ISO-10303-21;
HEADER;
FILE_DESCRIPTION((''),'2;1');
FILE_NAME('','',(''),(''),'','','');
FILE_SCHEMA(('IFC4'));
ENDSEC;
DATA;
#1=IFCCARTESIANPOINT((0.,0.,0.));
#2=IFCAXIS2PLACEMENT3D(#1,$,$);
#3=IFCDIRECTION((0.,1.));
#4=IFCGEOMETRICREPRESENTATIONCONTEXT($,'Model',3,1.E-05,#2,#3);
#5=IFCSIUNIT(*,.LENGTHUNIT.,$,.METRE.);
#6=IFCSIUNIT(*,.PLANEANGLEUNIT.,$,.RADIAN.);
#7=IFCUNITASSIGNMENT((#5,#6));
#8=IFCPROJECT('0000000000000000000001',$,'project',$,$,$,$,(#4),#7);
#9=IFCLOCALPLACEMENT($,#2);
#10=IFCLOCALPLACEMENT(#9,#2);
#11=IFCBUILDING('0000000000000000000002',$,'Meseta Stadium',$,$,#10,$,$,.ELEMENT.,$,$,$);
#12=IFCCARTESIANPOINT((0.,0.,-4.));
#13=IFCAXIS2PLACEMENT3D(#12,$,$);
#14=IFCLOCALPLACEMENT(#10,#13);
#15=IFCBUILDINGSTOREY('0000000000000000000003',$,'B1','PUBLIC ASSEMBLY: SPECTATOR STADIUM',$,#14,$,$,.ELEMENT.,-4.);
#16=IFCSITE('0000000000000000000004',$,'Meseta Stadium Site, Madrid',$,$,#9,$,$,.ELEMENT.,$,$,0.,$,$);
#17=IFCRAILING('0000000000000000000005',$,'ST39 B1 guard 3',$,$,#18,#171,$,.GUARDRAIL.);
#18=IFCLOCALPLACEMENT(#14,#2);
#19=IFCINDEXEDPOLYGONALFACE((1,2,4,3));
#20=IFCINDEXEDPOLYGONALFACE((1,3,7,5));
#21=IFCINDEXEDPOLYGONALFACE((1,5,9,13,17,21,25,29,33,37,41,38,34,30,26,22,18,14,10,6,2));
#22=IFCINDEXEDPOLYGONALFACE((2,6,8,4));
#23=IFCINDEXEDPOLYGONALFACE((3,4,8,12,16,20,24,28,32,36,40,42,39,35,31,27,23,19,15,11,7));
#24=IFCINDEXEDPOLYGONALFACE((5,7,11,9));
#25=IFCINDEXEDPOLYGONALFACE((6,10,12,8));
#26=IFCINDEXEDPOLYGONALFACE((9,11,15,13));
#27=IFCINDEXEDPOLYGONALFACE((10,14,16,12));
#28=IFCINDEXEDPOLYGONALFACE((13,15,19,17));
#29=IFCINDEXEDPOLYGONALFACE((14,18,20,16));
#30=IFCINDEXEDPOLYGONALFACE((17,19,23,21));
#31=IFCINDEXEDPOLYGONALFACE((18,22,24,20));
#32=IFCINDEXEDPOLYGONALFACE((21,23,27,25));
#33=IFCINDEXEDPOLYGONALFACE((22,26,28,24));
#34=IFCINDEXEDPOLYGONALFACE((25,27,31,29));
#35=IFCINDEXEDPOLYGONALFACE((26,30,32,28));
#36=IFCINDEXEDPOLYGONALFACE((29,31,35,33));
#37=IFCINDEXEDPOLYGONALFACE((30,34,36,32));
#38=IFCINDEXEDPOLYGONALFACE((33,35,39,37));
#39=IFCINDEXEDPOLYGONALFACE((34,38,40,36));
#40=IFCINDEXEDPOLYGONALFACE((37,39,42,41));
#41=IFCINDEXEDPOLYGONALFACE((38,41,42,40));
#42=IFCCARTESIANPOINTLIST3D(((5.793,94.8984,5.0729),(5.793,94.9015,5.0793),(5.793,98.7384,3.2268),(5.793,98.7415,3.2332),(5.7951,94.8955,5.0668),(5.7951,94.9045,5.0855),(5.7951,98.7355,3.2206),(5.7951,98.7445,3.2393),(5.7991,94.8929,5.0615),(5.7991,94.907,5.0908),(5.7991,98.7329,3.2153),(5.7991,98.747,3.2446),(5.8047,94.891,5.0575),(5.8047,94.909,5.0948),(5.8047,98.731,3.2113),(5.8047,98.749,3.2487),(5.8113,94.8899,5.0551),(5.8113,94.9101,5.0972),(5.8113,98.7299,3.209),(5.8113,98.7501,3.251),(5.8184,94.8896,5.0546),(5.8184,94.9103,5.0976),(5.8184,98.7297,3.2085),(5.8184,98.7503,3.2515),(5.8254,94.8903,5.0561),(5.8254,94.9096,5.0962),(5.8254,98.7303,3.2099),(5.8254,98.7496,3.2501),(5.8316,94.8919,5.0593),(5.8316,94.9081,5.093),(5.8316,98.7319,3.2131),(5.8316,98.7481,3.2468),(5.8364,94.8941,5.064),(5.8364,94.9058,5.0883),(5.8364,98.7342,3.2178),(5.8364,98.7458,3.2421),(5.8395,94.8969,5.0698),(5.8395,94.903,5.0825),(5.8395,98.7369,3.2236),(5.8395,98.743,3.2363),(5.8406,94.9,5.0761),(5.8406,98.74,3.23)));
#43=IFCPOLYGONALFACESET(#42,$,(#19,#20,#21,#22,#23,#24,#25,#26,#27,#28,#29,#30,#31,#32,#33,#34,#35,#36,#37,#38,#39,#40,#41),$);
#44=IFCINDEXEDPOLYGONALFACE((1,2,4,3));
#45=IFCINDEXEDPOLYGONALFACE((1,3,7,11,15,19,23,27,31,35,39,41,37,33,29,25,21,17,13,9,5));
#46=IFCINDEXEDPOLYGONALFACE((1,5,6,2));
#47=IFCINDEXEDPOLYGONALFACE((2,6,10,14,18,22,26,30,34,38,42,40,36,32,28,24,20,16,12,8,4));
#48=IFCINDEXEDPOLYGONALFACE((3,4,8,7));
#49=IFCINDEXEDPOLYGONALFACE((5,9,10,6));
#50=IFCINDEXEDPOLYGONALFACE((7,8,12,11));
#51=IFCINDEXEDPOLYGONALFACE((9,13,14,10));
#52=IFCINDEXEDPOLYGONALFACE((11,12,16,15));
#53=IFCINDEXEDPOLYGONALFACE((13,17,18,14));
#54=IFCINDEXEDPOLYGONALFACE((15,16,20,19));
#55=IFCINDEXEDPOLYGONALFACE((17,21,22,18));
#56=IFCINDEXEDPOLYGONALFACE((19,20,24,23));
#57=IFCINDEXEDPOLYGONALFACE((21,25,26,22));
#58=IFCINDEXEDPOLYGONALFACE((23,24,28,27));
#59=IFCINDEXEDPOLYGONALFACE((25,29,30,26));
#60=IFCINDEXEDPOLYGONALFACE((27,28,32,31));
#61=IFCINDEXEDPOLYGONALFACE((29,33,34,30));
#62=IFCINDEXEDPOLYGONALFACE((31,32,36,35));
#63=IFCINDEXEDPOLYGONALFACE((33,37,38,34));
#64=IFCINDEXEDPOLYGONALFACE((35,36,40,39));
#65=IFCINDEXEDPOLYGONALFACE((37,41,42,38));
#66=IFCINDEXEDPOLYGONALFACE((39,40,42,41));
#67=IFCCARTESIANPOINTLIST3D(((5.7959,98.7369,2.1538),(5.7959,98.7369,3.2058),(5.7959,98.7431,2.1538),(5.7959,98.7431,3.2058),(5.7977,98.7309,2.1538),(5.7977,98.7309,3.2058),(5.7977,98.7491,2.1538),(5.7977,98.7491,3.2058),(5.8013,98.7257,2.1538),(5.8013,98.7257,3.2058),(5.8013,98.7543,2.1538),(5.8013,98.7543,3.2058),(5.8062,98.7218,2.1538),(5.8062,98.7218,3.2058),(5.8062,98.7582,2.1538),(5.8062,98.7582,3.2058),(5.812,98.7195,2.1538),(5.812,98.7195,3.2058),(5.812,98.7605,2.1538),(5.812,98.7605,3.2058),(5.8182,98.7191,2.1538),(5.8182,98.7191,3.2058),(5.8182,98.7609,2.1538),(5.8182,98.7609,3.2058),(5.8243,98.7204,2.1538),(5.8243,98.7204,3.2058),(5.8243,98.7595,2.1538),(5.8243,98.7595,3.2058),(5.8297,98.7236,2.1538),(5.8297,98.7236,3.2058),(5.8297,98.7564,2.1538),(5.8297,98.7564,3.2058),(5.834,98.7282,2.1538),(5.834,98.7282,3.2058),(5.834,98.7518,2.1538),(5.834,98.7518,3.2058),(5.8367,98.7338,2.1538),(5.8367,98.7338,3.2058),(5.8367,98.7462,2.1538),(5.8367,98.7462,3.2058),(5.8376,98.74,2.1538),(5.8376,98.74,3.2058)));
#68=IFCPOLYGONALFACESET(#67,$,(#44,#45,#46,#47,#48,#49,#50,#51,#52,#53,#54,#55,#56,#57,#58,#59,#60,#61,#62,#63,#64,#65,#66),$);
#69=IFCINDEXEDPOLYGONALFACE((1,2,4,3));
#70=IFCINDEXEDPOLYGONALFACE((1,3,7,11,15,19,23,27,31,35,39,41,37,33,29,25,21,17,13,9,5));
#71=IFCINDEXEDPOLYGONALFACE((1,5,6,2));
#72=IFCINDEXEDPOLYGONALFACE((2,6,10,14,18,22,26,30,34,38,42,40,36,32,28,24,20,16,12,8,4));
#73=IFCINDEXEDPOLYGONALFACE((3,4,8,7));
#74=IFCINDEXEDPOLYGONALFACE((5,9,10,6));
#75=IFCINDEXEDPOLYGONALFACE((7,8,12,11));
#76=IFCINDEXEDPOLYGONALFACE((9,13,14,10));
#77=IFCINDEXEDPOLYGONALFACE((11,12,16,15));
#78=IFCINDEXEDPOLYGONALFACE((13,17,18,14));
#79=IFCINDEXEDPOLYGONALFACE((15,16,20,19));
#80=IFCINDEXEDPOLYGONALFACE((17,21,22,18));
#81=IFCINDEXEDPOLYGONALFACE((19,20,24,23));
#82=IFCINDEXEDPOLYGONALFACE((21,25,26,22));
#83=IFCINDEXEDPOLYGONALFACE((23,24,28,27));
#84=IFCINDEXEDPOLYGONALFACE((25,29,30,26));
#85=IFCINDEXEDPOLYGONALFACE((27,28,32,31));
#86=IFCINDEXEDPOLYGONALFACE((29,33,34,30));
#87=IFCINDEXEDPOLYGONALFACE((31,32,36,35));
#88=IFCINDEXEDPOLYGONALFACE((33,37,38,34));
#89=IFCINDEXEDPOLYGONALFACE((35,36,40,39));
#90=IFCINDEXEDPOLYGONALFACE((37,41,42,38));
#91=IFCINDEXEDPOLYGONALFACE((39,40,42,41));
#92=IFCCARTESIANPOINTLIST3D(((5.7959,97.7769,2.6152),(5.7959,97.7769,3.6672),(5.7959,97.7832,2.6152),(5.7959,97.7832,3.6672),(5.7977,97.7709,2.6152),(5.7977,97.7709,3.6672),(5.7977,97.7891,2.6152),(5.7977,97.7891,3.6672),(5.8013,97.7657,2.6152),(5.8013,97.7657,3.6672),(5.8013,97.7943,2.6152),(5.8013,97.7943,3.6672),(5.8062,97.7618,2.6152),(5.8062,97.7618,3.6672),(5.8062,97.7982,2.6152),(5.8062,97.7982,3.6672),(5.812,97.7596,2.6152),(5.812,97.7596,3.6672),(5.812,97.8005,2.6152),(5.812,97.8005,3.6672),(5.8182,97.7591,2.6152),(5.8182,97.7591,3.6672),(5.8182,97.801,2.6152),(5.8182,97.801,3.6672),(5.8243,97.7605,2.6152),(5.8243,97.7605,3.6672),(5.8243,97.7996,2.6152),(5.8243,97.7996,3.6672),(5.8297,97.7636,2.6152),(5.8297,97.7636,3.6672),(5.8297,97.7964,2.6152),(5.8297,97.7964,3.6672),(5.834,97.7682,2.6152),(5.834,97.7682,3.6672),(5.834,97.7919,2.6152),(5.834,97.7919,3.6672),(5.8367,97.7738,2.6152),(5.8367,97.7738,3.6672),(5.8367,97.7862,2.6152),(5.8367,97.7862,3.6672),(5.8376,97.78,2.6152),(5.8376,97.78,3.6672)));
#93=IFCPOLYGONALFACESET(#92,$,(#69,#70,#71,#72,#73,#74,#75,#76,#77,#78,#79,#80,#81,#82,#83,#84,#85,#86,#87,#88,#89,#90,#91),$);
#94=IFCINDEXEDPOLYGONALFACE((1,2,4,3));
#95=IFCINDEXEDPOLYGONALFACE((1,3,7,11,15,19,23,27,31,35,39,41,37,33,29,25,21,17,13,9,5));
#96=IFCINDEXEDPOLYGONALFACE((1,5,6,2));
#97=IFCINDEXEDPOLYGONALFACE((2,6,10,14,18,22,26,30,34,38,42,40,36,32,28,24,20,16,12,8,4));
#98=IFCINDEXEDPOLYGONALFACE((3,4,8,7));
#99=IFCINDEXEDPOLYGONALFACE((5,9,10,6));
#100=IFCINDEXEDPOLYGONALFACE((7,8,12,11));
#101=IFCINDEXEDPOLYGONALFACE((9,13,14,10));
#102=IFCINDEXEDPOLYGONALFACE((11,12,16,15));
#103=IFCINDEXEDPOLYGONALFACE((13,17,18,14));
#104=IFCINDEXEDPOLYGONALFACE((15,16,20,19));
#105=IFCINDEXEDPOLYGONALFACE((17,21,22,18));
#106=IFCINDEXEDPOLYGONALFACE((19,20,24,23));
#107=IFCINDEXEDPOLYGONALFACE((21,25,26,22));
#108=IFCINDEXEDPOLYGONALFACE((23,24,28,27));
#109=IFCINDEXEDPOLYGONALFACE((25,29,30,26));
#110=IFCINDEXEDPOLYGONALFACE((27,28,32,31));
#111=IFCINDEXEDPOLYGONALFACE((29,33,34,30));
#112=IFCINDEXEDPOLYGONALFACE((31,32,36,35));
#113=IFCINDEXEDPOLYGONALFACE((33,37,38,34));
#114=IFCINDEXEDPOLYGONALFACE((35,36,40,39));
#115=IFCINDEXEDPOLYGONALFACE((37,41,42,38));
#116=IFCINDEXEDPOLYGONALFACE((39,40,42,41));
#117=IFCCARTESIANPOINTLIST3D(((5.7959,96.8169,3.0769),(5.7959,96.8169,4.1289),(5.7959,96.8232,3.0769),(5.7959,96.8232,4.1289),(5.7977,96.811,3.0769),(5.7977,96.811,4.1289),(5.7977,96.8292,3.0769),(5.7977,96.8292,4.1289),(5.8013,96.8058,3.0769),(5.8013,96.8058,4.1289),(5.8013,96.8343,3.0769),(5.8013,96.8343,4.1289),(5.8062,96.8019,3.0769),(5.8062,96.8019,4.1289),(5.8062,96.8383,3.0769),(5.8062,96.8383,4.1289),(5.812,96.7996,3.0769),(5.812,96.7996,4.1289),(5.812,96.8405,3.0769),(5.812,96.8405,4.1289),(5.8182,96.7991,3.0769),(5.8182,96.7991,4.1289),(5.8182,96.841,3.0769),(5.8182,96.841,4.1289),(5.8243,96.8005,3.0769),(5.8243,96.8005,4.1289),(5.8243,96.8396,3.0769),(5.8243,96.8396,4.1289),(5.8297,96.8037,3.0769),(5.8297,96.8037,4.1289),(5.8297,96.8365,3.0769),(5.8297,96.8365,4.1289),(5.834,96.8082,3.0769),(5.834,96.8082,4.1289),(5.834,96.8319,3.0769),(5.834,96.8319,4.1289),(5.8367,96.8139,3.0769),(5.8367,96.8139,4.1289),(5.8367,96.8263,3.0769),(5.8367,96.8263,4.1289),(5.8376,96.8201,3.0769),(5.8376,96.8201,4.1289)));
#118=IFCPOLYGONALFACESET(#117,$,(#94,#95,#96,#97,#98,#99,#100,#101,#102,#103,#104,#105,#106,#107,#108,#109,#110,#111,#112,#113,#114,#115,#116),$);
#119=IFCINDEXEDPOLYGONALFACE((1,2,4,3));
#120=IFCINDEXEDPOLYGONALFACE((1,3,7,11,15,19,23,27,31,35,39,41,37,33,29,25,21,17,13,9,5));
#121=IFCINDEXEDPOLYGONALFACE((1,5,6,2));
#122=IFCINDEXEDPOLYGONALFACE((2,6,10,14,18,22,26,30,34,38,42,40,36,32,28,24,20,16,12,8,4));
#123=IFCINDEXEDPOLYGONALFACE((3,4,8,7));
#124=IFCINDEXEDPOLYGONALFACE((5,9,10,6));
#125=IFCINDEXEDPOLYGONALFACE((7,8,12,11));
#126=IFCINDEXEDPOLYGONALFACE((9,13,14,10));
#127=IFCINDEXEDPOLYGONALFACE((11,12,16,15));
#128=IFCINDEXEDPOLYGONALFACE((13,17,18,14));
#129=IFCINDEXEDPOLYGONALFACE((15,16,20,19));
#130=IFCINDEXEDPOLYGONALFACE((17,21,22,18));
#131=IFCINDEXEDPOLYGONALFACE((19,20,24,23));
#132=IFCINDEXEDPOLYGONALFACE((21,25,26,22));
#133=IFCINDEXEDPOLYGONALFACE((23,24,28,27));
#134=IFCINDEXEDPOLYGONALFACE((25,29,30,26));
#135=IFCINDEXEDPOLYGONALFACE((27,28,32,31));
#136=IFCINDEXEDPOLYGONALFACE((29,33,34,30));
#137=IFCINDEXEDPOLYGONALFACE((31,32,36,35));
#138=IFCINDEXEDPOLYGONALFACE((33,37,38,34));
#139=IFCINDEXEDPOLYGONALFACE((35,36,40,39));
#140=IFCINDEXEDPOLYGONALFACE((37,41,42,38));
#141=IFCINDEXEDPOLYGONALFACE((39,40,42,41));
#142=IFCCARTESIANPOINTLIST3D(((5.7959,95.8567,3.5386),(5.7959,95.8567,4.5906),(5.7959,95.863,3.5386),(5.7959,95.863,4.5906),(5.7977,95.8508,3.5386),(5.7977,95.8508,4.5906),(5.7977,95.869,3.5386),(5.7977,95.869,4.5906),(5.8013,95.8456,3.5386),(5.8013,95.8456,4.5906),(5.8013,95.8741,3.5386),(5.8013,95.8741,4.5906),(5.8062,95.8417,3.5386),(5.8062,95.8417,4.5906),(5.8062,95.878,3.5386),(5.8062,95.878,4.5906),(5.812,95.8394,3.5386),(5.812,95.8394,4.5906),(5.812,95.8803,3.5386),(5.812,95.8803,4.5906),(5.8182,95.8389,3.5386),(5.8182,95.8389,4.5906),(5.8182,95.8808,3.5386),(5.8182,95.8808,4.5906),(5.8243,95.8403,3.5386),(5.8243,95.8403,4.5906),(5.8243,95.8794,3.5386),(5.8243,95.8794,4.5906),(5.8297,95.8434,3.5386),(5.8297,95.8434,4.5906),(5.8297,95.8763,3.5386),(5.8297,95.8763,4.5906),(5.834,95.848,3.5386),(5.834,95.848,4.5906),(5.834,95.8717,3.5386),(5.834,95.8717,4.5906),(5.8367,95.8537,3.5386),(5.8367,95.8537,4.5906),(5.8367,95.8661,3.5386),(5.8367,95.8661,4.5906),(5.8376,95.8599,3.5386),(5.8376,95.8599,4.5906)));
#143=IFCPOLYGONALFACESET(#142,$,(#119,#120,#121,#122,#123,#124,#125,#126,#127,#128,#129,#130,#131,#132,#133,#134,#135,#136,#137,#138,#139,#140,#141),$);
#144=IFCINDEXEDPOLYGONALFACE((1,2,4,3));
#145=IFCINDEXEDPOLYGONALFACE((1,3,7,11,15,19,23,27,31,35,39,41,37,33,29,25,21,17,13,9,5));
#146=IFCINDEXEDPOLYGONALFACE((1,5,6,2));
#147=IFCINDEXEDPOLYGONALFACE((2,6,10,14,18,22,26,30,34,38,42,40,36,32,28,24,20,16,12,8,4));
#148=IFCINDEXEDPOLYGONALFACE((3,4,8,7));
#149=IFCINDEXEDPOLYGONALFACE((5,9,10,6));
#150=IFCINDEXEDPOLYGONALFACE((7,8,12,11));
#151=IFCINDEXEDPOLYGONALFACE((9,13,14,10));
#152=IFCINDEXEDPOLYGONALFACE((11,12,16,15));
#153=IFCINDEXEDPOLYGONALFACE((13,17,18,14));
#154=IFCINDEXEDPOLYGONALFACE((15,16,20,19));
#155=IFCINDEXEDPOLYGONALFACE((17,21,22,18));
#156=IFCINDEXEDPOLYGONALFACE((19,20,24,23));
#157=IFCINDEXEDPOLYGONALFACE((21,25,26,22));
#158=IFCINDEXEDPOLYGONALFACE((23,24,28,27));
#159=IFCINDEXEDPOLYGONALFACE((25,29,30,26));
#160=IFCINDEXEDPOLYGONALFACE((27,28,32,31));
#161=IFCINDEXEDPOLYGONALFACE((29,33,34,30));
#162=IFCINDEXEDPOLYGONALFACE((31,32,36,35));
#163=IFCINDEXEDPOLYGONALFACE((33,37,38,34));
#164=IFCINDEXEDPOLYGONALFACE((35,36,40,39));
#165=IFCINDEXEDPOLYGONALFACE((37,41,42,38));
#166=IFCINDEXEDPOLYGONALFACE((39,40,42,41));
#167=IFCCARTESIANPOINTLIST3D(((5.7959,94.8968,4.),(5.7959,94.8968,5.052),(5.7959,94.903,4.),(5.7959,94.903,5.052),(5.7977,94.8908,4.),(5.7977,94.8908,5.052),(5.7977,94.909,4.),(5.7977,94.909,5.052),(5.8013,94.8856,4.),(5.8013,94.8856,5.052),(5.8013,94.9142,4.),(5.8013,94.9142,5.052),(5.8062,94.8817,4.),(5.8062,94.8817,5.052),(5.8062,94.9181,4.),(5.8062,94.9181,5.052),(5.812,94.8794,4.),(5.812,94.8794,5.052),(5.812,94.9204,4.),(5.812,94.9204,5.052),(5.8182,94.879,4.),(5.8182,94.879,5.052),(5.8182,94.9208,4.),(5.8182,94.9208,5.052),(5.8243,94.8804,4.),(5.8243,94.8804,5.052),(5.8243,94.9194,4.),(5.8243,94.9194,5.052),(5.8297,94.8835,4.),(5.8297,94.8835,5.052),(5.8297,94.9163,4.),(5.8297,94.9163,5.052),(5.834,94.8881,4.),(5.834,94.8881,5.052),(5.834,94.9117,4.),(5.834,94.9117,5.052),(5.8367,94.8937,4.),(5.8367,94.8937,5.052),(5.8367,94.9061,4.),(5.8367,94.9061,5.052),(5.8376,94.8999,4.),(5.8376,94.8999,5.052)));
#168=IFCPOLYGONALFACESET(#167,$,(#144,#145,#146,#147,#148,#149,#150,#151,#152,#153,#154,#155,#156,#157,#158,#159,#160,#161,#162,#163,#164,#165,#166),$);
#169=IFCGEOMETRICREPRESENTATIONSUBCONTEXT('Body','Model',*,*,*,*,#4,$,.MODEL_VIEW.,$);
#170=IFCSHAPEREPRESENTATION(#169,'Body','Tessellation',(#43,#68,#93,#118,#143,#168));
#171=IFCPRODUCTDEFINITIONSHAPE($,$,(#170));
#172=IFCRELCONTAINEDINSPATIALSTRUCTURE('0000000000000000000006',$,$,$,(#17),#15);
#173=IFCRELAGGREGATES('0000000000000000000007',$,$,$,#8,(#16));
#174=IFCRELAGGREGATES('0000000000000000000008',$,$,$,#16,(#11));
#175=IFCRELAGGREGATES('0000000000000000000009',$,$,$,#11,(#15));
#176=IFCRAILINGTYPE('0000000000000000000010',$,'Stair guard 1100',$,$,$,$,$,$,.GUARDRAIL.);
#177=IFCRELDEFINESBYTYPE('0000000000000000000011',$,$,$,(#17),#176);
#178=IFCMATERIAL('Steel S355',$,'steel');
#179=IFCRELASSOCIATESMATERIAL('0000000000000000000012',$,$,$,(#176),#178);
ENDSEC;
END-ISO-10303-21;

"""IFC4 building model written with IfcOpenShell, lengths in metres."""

from ifc_helpers import new_model, si_unit, direction, frame, origin, origin_2d, place, context, subcontext, project, spatial, circle, extrude, material, type_object, element, save


model = new_model("IFC4")

# Units and contexts
model_context = context("Model", 3, precision=1e-05, world=origin(), true_north=direction((0.0, 1.0)))
body_context = subcontext(model_context, "Body", "Model", "MODEL_VIEW")
ifc_project = project(units=[si_unit("LENGTHUNIT", "METRE"), si_unit("PLANEANGLEUNIT", "RADIAN")], contexts=[model_context])

# Site, building, storey
site_placement = place(None, origin())
site = spatial("IfcSite", under=ifc_project, at=site_placement, Name="Meseta Stadium Site, Madrid", CompositionType="ELEMENT", RefElevation=0.0)
building_placement = place(site_placement, origin())
building = spatial("IfcBuilding", under=site, at=building_placement, Name="Meseta Stadium", CompositionType="ELEMENT")
storey_placement = place(building_placement, frame((0.0, 0.0, -4.0)))
storey = spatial("IfcBuildingStorey", under=building, at=storey_placement, Name="B1", Description="PUBLIC ASSEMBLY: SPECTATOR STADIUM", CompositionType="ELEMENT", Elevation=-4.0)

# Railing
ifc_material_1 = material(Name="Steel S355", Category="steel")
railing_type_1 = type_object("IfcRailingType", Name="Stair guard 1100", PredefinedType="GUARDRAIL", material=ifc_material_1)
railing_1_placement = place(storey_placement, frame((5.8167, 98.74, 2.1538)))
element("IfcRailing", 1, at=railing_1_placement, inside=storey, type_object=railing_type_1, Name="ST39 B1 guard 3", PredefinedType="GUARDRAIL", context=body_context, shape_type="SweptSolid", body=[
    extrude(circle(Radius=0.0239, at=origin_2d()), frame((0.0, 0.0, 1.0762), z_axis=(0.0, -0.901253, 0.433294), x_axis=(1.0, 0.0, 0.0)), (0.0, 0.0, 1.0), 4.2607),
    extrude(circle(Radius=0.021, at=origin_2d()), origin(), (0.0, 0.0, 1.0), 1.052),
    extrude(circle(Radius=0.021, at=origin_2d()), frame((0.0, -0.96, 0.4614)), (0.0, 0.0, 1.0), 1.052),
    extrude(circle(Radius=0.021, at=origin_2d()), frame((0.0, -1.9199, 0.9231)), (0.0, 0.0, 1.0), 1.052),
    extrude(circle(Radius=0.021, at=origin_2d()), frame((0.0, -2.8801, 1.3848)), (0.0, 0.0, 1.0), 1.052),
    extrude(circle(Radius=0.021, at=origin_2d()), frame((0.0, -3.8401, 1.8462)), (0.0, 0.0, 1.0), 1.052),
])

save(model, "model.ifc")
